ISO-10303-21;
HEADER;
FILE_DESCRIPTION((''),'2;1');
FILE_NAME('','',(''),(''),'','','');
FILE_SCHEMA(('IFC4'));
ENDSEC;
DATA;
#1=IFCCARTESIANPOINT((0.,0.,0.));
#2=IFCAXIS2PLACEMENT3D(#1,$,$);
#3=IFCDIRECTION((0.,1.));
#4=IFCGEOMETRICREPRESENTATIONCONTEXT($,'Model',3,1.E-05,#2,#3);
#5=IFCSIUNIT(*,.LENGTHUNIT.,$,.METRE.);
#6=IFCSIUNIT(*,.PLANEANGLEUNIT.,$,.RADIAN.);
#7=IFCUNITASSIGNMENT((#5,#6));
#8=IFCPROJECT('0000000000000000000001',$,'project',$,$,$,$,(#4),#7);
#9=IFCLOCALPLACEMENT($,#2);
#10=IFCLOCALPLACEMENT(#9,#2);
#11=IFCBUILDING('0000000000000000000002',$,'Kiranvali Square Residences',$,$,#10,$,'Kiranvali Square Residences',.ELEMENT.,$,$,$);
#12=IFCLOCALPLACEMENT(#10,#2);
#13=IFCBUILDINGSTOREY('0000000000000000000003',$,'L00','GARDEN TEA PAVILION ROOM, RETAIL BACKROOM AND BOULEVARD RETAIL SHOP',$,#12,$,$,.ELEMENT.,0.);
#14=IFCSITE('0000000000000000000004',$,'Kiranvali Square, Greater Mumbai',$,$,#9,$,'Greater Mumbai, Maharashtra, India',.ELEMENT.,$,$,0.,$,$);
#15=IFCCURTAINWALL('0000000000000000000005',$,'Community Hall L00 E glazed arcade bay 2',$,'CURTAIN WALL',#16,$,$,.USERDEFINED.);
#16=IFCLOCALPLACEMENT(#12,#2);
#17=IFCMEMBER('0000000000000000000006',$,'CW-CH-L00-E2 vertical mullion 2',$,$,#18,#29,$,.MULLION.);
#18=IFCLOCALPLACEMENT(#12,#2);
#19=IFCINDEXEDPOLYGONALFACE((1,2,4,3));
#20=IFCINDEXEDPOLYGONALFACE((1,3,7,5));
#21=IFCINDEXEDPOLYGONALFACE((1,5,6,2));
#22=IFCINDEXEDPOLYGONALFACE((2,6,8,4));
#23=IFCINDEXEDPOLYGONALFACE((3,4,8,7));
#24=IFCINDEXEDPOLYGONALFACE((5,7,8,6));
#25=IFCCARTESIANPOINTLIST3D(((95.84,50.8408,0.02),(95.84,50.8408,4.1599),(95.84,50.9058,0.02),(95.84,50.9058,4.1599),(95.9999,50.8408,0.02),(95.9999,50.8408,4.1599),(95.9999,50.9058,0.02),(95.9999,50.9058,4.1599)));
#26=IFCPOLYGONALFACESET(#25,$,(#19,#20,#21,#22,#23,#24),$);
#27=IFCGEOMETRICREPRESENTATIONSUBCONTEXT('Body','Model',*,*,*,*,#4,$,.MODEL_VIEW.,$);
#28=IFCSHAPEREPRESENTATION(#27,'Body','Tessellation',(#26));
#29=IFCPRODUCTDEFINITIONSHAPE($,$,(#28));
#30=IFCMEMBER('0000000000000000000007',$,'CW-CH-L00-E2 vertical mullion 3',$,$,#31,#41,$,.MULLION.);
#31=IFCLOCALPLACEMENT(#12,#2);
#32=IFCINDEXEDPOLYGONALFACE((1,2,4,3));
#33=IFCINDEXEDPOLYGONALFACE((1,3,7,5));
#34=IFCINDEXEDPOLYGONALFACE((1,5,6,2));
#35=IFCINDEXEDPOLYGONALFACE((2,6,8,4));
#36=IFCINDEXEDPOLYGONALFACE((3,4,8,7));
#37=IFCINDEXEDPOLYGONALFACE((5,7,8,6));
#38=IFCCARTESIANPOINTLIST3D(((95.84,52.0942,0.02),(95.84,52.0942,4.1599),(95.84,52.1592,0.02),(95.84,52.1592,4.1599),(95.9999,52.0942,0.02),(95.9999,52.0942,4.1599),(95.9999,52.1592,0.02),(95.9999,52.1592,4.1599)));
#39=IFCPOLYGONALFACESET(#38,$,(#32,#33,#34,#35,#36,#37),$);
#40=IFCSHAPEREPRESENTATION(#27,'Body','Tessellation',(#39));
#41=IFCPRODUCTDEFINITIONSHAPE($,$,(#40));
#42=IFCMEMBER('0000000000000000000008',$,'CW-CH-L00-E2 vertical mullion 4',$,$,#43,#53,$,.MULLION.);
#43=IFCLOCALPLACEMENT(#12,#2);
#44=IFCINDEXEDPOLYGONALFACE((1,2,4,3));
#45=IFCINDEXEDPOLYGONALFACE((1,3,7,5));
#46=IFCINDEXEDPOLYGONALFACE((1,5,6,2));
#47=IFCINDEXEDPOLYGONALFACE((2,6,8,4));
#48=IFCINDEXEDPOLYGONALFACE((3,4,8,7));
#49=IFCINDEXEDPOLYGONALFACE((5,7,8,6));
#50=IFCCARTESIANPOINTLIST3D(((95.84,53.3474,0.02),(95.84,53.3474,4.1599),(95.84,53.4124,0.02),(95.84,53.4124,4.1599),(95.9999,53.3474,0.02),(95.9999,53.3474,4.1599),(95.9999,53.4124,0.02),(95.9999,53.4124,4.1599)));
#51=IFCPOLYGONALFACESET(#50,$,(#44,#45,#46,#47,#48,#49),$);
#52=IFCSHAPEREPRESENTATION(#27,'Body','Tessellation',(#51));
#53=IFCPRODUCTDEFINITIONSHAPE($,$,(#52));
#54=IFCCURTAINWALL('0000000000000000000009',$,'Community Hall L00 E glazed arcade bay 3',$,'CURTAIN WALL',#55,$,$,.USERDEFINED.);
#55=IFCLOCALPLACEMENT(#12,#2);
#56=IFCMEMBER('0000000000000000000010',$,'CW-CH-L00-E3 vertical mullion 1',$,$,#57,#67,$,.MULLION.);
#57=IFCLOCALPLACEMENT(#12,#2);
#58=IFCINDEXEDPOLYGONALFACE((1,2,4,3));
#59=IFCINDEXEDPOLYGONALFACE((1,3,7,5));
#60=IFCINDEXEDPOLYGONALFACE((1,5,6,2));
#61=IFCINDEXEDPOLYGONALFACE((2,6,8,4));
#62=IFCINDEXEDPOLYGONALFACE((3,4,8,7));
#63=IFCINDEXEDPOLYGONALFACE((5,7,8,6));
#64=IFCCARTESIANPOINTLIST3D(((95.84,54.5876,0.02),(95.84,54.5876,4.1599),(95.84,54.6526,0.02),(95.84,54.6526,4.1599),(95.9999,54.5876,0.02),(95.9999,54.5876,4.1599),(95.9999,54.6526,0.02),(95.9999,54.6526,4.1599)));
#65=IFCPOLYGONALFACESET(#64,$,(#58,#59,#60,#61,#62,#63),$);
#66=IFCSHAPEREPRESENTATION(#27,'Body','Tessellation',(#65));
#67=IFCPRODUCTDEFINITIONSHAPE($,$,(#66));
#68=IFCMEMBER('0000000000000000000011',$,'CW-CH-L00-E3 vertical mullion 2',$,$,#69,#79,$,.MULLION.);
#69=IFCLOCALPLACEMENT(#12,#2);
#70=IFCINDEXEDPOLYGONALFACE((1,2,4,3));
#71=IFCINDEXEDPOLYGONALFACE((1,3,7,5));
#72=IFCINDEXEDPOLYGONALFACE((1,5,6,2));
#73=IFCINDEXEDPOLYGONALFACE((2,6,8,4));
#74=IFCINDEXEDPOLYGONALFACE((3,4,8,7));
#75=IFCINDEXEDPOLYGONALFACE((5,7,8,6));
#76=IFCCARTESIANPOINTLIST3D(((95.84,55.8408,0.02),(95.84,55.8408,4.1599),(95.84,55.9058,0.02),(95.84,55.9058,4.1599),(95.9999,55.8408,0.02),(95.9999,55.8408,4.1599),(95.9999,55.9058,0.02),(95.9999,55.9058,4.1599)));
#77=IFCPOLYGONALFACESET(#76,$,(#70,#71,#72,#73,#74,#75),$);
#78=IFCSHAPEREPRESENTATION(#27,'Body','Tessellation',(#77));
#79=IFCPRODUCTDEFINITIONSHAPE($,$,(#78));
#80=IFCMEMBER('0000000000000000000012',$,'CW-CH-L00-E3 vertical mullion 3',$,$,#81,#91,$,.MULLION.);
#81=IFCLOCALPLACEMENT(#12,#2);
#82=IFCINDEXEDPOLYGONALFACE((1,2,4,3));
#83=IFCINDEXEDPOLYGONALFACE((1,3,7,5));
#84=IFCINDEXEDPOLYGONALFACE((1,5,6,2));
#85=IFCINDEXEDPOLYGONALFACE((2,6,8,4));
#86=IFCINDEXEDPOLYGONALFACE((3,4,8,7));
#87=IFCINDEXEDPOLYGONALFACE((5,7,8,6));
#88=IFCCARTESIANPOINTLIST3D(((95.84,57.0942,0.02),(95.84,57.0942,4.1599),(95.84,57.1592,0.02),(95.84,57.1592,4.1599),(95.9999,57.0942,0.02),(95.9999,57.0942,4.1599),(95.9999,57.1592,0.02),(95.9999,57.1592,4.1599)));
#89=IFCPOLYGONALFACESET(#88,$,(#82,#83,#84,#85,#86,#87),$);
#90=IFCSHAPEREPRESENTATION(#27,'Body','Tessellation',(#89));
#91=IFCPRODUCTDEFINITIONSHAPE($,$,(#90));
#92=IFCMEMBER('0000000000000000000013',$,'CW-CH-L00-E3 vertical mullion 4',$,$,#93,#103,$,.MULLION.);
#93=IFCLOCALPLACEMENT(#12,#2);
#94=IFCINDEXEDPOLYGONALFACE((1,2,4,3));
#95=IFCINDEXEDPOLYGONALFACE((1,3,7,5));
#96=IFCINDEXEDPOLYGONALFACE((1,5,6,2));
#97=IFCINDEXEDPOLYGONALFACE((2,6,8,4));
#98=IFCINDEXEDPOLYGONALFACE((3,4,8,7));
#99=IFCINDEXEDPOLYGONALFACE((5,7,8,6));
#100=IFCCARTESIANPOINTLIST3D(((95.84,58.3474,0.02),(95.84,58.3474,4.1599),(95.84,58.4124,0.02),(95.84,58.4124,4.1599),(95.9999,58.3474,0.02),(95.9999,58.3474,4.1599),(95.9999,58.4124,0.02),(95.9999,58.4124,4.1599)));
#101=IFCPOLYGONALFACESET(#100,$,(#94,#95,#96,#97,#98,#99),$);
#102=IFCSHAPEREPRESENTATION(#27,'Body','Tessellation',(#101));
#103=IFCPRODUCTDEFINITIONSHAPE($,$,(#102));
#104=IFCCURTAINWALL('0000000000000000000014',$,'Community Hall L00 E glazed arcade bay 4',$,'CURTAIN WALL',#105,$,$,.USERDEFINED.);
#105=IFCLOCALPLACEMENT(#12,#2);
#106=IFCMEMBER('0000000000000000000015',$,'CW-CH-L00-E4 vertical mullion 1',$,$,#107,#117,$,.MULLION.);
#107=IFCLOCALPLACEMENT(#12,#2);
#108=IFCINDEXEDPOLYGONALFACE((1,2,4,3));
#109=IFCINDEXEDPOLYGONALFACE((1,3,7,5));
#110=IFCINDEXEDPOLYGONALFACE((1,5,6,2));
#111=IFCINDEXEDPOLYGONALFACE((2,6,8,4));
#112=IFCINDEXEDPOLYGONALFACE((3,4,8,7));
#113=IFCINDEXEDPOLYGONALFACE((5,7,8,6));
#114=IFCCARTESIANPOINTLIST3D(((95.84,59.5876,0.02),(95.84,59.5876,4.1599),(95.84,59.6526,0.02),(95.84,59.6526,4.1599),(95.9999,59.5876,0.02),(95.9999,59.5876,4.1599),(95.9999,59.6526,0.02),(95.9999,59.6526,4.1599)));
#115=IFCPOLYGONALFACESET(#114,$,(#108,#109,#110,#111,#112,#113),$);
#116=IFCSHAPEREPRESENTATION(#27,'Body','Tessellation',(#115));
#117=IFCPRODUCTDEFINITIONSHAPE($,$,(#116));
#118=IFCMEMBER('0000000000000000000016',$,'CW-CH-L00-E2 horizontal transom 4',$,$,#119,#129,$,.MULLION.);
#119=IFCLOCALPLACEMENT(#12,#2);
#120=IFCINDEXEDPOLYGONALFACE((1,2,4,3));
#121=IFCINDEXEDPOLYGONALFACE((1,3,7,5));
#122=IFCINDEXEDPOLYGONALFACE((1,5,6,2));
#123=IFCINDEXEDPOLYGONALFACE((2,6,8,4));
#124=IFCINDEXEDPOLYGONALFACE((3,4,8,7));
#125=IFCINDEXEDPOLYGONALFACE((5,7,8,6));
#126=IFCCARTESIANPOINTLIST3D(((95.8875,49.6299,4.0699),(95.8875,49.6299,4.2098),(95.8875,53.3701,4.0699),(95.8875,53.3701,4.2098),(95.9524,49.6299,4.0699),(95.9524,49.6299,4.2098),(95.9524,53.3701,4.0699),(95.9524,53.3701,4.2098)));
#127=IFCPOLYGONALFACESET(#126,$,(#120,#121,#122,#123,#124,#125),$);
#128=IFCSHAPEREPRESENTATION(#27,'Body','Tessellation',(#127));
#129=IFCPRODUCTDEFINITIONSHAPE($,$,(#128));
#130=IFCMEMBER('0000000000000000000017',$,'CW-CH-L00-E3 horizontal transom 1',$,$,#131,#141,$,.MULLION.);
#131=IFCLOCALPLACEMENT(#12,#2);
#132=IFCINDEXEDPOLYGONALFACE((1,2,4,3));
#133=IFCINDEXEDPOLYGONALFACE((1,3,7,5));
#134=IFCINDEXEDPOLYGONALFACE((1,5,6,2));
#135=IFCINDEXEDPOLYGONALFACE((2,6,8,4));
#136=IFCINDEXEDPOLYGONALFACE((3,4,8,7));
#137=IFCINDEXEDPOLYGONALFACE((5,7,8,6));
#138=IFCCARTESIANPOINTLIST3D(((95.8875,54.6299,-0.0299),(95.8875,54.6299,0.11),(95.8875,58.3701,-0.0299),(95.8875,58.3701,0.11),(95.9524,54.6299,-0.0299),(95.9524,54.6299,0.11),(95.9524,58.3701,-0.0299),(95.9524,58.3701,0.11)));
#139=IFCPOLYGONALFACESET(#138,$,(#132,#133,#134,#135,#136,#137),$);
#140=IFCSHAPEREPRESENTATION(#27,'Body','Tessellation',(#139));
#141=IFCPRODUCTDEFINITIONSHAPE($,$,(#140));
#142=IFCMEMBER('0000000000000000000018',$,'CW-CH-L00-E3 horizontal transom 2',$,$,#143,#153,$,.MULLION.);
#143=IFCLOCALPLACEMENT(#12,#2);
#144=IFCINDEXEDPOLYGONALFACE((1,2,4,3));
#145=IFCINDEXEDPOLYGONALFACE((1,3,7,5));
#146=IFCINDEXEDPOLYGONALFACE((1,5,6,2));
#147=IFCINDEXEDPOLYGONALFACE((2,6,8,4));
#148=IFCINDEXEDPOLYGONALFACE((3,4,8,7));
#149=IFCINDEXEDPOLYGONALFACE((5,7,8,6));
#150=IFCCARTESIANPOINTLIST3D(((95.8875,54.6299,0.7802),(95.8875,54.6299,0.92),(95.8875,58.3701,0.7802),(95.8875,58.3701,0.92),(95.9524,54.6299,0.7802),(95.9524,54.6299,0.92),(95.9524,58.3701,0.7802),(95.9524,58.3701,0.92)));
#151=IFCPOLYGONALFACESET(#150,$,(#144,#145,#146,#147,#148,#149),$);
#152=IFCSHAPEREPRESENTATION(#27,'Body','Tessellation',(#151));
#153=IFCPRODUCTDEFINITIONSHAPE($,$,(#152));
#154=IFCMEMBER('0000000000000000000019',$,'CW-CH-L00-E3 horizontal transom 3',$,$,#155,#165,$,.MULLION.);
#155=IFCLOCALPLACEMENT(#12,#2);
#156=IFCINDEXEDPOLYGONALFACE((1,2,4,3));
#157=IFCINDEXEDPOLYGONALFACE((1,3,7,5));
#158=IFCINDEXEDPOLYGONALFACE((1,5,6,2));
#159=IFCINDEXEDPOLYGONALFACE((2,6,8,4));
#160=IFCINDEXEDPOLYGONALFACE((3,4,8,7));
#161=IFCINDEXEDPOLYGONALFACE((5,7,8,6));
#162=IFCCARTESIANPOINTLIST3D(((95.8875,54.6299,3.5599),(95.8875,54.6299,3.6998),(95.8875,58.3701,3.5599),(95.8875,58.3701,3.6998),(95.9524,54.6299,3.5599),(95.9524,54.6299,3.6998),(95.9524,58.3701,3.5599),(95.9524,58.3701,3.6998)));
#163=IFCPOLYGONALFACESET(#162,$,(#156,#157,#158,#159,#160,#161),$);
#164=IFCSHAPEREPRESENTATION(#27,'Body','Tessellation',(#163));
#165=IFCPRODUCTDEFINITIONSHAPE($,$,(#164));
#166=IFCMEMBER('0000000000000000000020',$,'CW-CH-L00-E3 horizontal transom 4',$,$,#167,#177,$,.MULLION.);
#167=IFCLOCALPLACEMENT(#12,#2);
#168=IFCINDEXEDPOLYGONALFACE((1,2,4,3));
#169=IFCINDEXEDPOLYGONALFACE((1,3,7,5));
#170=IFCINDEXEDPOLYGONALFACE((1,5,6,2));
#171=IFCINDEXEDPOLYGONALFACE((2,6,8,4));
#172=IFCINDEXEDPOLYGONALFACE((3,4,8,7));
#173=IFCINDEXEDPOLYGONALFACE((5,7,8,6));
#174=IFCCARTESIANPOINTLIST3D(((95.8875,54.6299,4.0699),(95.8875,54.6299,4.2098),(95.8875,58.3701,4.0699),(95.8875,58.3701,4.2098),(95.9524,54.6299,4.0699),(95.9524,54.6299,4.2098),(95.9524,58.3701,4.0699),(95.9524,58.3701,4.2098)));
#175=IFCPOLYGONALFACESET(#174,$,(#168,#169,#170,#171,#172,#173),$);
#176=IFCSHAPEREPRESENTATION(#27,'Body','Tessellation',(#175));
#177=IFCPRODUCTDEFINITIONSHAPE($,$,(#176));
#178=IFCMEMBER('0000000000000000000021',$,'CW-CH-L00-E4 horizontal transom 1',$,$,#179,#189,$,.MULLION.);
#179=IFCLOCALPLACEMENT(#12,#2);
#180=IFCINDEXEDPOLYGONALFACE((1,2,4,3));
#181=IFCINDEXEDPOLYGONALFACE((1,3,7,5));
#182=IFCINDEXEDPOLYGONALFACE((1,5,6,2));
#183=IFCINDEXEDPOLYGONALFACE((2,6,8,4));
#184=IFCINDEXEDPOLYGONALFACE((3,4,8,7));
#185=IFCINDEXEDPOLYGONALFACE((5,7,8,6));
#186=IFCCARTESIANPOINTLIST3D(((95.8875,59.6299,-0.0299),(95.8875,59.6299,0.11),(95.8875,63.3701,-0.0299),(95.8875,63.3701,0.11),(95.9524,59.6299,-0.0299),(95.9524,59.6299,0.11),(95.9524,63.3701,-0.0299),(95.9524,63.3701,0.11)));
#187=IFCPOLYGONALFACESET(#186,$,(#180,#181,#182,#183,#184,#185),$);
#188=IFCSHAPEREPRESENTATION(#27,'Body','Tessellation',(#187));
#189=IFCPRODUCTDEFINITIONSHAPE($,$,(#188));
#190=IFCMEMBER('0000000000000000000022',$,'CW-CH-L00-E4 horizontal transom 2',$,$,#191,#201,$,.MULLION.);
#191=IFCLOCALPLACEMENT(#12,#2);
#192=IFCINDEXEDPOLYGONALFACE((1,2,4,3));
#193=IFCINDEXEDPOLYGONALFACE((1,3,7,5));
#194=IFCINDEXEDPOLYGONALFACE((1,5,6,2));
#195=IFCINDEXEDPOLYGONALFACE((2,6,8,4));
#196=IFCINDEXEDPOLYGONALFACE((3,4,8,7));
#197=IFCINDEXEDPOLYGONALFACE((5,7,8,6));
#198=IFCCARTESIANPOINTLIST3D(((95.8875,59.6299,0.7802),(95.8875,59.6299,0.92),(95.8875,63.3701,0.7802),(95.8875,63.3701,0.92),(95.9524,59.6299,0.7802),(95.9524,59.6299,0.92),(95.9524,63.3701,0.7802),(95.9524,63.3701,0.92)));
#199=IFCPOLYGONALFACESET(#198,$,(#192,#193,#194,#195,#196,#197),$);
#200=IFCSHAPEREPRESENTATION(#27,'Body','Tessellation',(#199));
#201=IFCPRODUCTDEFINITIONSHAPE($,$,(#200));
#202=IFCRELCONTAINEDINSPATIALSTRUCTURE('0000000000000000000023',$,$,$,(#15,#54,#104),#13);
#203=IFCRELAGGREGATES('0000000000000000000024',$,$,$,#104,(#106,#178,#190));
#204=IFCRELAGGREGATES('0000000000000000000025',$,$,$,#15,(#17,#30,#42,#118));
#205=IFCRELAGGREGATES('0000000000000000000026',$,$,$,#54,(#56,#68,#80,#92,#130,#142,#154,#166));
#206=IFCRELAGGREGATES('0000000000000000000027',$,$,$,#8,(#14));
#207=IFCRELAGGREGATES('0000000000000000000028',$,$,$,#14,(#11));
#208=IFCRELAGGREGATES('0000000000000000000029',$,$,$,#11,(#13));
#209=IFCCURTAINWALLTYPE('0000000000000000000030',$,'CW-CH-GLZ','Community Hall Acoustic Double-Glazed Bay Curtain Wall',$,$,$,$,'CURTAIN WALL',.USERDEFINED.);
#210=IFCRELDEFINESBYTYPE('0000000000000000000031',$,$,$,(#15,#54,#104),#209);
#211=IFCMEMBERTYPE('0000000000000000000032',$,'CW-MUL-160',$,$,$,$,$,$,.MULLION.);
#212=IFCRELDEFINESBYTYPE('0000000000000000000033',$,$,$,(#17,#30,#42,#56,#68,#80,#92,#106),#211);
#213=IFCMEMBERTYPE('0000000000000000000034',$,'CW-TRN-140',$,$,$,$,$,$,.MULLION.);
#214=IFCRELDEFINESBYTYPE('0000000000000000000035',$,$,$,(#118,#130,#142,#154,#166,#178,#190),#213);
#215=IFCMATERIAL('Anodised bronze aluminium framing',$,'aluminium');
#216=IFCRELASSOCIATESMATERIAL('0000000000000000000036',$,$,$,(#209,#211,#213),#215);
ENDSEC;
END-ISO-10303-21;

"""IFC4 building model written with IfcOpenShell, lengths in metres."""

from ifc_helpers import new_model, si_unit, direction, frame, origin, origin_2d, place, context, subcontext, project, spatial, rectangle, extrude, material, material_profile, profile_set, type_object, element, aggregate, save


model = new_model("IFC4")

# Units and contexts
model_context = context("Model", 3, precision=1e-05, world=origin(), true_north=direction((0.0, 1.0)))
body_context = subcontext(model_context, "Body", "Model", "MODEL_VIEW")
ifc_project = project(units=[si_unit("LENGTHUNIT", "METRE"), si_unit("PLANEANGLEUNIT", "RADIAN")], contexts=[model_context])

# Site, building, storey
site_placement = place(None, origin())
site = spatial("IfcSite", under=ifc_project, at=site_placement, Name="Kiranvali Square, Greater Mumbai", LongName="Greater Mumbai, Maharashtra, India", CompositionType="ELEMENT", RefElevation=0.0)
building_placement = place(site_placement, origin())
building = spatial("IfcBuilding", under=site, at=building_placement, Name="Kiranvali Square Residences", LongName="Kiranvali Square Residences", CompositionType="ELEMENT")
storey_placement = place(building_placement, origin())
storey = spatial("IfcBuildingStorey", under=building, at=storey_placement, Name="L00", Description="GARDEN TEA PAVILION ROOM, RETAIL BACKROOM AND BOULEVARD RETAIL SHOP", CompositionType="ELEMENT", Elevation=0.0)

# Curtain walls, members
ifc_material_1 = material(Name="Anodised bronze aluminium framing", Category="aluminium")
curtain_wall_type = type_object("IfcCurtainWallType", Name="CW-CH-GLZ", Description="Community Hall Acoustic Double-Glazed Bay Curtain Wall", ElementType="CURTAIN WALL", PredefinedType="USERDEFINED", material=ifc_material_1)
curtain_wall_1_placement = place(storey_placement, origin())
curtain_wall_1 = element("IfcCurtainWall", 1, at=curtain_wall_1_placement, inside=storey, type_object=curtain_wall_type, Name="Community Hall L00 E glazed arcade bay 2", ObjectType="CURTAIN WALL", PredefinedType="USERDEFINED")
ifc_material_profile_1 = material_profile(ifc_material_1, rectangle(XDim=0.0649, YDim=0.1599, at=origin_2d()), Name="ALU 65x160")
ifc_profile_set_1 = profile_set([ifc_material_profile_1], Name="Anodised bronze aluminium framing")
member_type_1 = type_object("IfcMemberType", Name="CW-MUL-160", PredefinedType="MULLION", material=ifc_profile_set_1)
member_1_placement = place(storey_placement, frame((95.9199, 50.8733, 0.02), z_axis=(0.0, 0.0, 1.0), x_axis=(0.0, 1.0, 0.0)))
member_1 = element("IfcMember", 2, at=member_1_placement, type_object=member_type_1, Name="CW-CH-L00-E2 vertical mullion 2", PredefinedType="MULLION", context=body_context, shape_type="SweptSolid", body=[
    extrude(rectangle(XDim=0.0649, YDim=0.1599, at=origin_2d()), origin(), (0.0, 0.0, 1.0), 4.1399),
])
member_2_placement = place(storey_placement, frame((95.9199, 52.1267, 0.02), z_axis=(0.0, 0.0, 1.0), x_axis=(0.0, 1.0, 0.0)))
member_2 = element("IfcMember", 3, at=member_2_placement, type_object=member_type_1, Name="CW-CH-L00-E2 vertical mullion 3", PredefinedType="MULLION", context=body_context, shape_type="SweptSolid", body=[
    extrude(rectangle(XDim=0.0649, YDim=0.1599, at=origin_2d()), origin(), (0.0, 0.0, 1.0), 4.1399),
])
member_3_placement = place(storey_placement, frame((95.9199, 53.3799, 0.02), z_axis=(0.0, 0.0, 1.0), x_axis=(0.0, 1.0, 0.0)))
member_3 = element("IfcMember", 4, at=member_3_placement, type_object=member_type_1, Name="CW-CH-L00-E2 vertical mullion 4", PredefinedType="MULLION", context=body_context, shape_type="SweptSolid", body=[
    extrude(rectangle(XDim=0.0649, YDim=0.1599, at=origin_2d()), origin(), (0.0, 0.0, 1.0), 4.1399),
])
curtain_wall_2_placement = place(storey_placement, origin())
curtain_wall_2 = element("IfcCurtainWall", 5, at=curtain_wall_2_placement, inside=storey, type_object=curtain_wall_type, Name="Community Hall L00 E glazed arcade bay 3", ObjectType="CURTAIN WALL", PredefinedType="USERDEFINED")
member_4_placement = place(storey_placement, frame((95.9199, 54.6201, 0.02), z_axis=(0.0, 0.0, 1.0), x_axis=(0.0, 1.0, 0.0)))
member_4 = element("IfcMember", 6, at=member_4_placement, type_object=member_type_1, Name="CW-CH-L00-E3 vertical mullion 1", PredefinedType="MULLION", context=body_context, shape_type="SweptSolid", body=[
    extrude(rectangle(XDim=0.0649, YDim=0.1599, at=origin_2d()), origin(), (0.0, 0.0, 1.0), 4.1399),
])
member_5_placement = place(storey_placement, frame((95.9199, 55.8733, 0.02), z_axis=(0.0, 0.0, 1.0), x_axis=(0.0, 1.0, 0.0)))
member_5 = element("IfcMember", 7, at=member_5_placement, type_object=member_type_1, Name="CW-CH-L00-E3 vertical mullion 2", PredefinedType="MULLION", context=body_context, shape_type="SweptSolid", body=[
    extrude(rectangle(XDim=0.0649, YDim=0.1599, at=origin_2d()), origin(), (0.0, 0.0, 1.0), 4.1399),
])
member_6_placement = place(storey_placement, frame((95.9199, 57.1267, 0.02), z_axis=(0.0, 0.0, 1.0), x_axis=(0.0, 1.0, 0.0)))
member_6 = element("IfcMember", 8, at=member_6_placement, type_object=member_type_1, Name="CW-CH-L00-E3 vertical mullion 3", PredefinedType="MULLION", context=body_context, shape_type="SweptSolid", body=[
    extrude(rectangle(XDim=0.0649, YDim=0.1599, at=origin_2d()), origin(), (0.0, 0.0, 1.0), 4.1399),
])
member_7_placement = place(storey_placement, frame((95.9199, 58.3799, 0.02), z_axis=(0.0, 0.0, 1.0), x_axis=(0.0, 1.0, 0.0)))
member_7 = element("IfcMember", 9, at=member_7_placement, type_object=member_type_1, Name="CW-CH-L00-E3 vertical mullion 4", PredefinedType="MULLION", context=body_context, shape_type="SweptSolid", body=[
    extrude(rectangle(XDim=0.0649, YDim=0.1599, at=origin_2d()), origin(), (0.0, 0.0, 1.0), 4.1399),
])

# Curtain wall, member
curtain_wall_3_placement = place(storey_placement, origin())
curtain_wall_3 = element("IfcCurtainWall", 10, at=curtain_wall_3_placement, inside=storey, type_object=curtain_wall_type, Name="Community Hall L00 E glazed arcade bay 4", ObjectType="CURTAIN WALL", PredefinedType="USERDEFINED")
member_8_placement = place(storey_placement, frame((95.9199, 59.6201, 0.02), z_axis=(0.0, 0.0, 1.0), x_axis=(0.0, 1.0, 0.0)))
member_8 = element("IfcMember", 11, at=member_8_placement, type_object=member_type_1, Name="CW-CH-L00-E4 vertical mullion 1", PredefinedType="MULLION", context=body_context, shape_type="SweptSolid", body=[
    extrude(rectangle(XDim=0.0649, YDim=0.1599, at=origin_2d()), origin(), (0.0, 0.0, 1.0), 4.1399),
])

# Members
ifc_material_profile_2 = material_profile(ifc_material_1, rectangle(XDim=0.0649, YDim=0.1399, at=origin_2d()), Name="ALU 65x140")
ifc_profile_set_2 = profile_set([ifc_material_profile_2], Name="Anodised bronze aluminium framing")
member_type_2 = type_object("IfcMemberType", Name="CW-TRN-140", PredefinedType="MULLION", material=ifc_profile_set_2)
member_9_placement = place(storey_placement, frame((95.9199, 49.6299, 4.1399), z_axis=(0.0, 1.0, 0.0), x_axis=(-1.0, 0.0, 0.0)))
member_9 = element("IfcMember", 12, at=member_9_placement, type_object=member_type_2, Name="CW-CH-L00-E2 horizontal transom 4", PredefinedType="MULLION", context=body_context, shape_type="SweptSolid", body=[
    extrude(rectangle(XDim=0.0649, YDim=0.1399, at=origin_2d()), origin(), (0.0, 0.0, 1.0), 3.7402),
])
member_10_placement = place(storey_placement, frame((95.9199, 54.6299, 0.04), z_axis=(0.0, 1.0, 0.0), x_axis=(-1.0, 0.0, 0.0)))
member_10 = element("IfcMember", 13, at=member_10_placement, type_object=member_type_2, Name="CW-CH-L00-E3 horizontal transom 1", PredefinedType="MULLION", context=body_context, shape_type="SweptSolid", body=[
    extrude(rectangle(XDim=0.0649, YDim=0.1399, at=origin_2d()), origin(), (0.0, 0.0, 1.0), 3.7402),
])
member_11_placement = place(storey_placement, frame((95.9199, 54.6299, 0.8501), z_axis=(0.0, 1.0, 0.0), x_axis=(-1.0, 0.0, 0.0)))
member_11 = element("IfcMember", 14, at=member_11_placement, type_object=member_type_2, Name="CW-CH-L00-E3 horizontal transom 2", PredefinedType="MULLION", context=body_context, shape_type="SweptSolid", body=[
    extrude(rectangle(XDim=0.0649, YDim=0.1399, at=origin_2d()), origin(), (0.0, 0.0, 1.0), 3.7402),
])
member_12_placement = place(storey_placement, frame((95.9199, 54.6299, 3.6299), z_axis=(0.0, 1.0, 0.0), x_axis=(-1.0, 0.0, 0.0)))
member_12 = element("IfcMember", 15, at=member_12_placement, type_object=member_type_2, Name="CW-CH-L00-E3 horizontal transom 3", PredefinedType="MULLION", context=body_context, shape_type="SweptSolid", body=[
    extrude(rectangle(XDim=0.0649, YDim=0.1399, at=origin_2d()), origin(), (0.0, 0.0, 1.0), 3.7402),
])
member_13_placement = place(storey_placement, frame((95.9199, 54.6299, 4.1399), z_axis=(0.0, 1.0, 0.0), x_axis=(-1.0, 0.0, 0.0)))
member_13 = element("IfcMember", 16, at=member_13_placement, type_object=member_type_2, Name="CW-CH-L00-E3 horizontal transom 4", PredefinedType="MULLION", context=body_context, shape_type="SweptSolid", body=[
    extrude(rectangle(XDim=0.0649, YDim=0.1399, at=origin_2d()), origin(), (0.0, 0.0, 1.0), 3.7402),
])
member_14_placement = place(storey_placement, frame((95.9199, 59.6299, 0.04), z_axis=(0.0, 1.0, 0.0), x_axis=(-1.0, 0.0, 0.0)))
member_14 = element("IfcMember", 17, at=member_14_placement, type_object=member_type_2, Name="CW-CH-L00-E4 horizontal transom 1", PredefinedType="MULLION", context=body_context, shape_type="SweptSolid", body=[
    extrude(rectangle(XDim=0.0649, YDim=0.1399, at=origin_2d()), origin(), (0.0, 0.0, 1.0), 3.7402),
])
member_15_placement = place(storey_placement, frame((95.9199, 59.6299, 0.8501), z_axis=(0.0, 1.0, 0.0), x_axis=(-1.0, 0.0, 0.0)))
member_15 = element("IfcMember", 18, at=member_15_placement, type_object=member_type_2, Name="CW-CH-L00-E4 horizontal transom 2", PredefinedType="MULLION", context=body_context, shape_type="SweptSolid", body=[
    extrude(rectangle(XDim=0.0649, YDim=0.1399, at=origin_2d()), origin(), (0.0, 0.0, 1.0), 3.7402),
])
aggregate(curtain_wall_3, [member_8, member_14, member_15])

aggregate(curtain_wall_1, [member_1, member_2, member_3, member_9])
aggregate(curtain_wall_2, [member_4, member_5, member_6, member_7, member_10, member_11, member_12, member_13])

save(model, "model.ifc")
